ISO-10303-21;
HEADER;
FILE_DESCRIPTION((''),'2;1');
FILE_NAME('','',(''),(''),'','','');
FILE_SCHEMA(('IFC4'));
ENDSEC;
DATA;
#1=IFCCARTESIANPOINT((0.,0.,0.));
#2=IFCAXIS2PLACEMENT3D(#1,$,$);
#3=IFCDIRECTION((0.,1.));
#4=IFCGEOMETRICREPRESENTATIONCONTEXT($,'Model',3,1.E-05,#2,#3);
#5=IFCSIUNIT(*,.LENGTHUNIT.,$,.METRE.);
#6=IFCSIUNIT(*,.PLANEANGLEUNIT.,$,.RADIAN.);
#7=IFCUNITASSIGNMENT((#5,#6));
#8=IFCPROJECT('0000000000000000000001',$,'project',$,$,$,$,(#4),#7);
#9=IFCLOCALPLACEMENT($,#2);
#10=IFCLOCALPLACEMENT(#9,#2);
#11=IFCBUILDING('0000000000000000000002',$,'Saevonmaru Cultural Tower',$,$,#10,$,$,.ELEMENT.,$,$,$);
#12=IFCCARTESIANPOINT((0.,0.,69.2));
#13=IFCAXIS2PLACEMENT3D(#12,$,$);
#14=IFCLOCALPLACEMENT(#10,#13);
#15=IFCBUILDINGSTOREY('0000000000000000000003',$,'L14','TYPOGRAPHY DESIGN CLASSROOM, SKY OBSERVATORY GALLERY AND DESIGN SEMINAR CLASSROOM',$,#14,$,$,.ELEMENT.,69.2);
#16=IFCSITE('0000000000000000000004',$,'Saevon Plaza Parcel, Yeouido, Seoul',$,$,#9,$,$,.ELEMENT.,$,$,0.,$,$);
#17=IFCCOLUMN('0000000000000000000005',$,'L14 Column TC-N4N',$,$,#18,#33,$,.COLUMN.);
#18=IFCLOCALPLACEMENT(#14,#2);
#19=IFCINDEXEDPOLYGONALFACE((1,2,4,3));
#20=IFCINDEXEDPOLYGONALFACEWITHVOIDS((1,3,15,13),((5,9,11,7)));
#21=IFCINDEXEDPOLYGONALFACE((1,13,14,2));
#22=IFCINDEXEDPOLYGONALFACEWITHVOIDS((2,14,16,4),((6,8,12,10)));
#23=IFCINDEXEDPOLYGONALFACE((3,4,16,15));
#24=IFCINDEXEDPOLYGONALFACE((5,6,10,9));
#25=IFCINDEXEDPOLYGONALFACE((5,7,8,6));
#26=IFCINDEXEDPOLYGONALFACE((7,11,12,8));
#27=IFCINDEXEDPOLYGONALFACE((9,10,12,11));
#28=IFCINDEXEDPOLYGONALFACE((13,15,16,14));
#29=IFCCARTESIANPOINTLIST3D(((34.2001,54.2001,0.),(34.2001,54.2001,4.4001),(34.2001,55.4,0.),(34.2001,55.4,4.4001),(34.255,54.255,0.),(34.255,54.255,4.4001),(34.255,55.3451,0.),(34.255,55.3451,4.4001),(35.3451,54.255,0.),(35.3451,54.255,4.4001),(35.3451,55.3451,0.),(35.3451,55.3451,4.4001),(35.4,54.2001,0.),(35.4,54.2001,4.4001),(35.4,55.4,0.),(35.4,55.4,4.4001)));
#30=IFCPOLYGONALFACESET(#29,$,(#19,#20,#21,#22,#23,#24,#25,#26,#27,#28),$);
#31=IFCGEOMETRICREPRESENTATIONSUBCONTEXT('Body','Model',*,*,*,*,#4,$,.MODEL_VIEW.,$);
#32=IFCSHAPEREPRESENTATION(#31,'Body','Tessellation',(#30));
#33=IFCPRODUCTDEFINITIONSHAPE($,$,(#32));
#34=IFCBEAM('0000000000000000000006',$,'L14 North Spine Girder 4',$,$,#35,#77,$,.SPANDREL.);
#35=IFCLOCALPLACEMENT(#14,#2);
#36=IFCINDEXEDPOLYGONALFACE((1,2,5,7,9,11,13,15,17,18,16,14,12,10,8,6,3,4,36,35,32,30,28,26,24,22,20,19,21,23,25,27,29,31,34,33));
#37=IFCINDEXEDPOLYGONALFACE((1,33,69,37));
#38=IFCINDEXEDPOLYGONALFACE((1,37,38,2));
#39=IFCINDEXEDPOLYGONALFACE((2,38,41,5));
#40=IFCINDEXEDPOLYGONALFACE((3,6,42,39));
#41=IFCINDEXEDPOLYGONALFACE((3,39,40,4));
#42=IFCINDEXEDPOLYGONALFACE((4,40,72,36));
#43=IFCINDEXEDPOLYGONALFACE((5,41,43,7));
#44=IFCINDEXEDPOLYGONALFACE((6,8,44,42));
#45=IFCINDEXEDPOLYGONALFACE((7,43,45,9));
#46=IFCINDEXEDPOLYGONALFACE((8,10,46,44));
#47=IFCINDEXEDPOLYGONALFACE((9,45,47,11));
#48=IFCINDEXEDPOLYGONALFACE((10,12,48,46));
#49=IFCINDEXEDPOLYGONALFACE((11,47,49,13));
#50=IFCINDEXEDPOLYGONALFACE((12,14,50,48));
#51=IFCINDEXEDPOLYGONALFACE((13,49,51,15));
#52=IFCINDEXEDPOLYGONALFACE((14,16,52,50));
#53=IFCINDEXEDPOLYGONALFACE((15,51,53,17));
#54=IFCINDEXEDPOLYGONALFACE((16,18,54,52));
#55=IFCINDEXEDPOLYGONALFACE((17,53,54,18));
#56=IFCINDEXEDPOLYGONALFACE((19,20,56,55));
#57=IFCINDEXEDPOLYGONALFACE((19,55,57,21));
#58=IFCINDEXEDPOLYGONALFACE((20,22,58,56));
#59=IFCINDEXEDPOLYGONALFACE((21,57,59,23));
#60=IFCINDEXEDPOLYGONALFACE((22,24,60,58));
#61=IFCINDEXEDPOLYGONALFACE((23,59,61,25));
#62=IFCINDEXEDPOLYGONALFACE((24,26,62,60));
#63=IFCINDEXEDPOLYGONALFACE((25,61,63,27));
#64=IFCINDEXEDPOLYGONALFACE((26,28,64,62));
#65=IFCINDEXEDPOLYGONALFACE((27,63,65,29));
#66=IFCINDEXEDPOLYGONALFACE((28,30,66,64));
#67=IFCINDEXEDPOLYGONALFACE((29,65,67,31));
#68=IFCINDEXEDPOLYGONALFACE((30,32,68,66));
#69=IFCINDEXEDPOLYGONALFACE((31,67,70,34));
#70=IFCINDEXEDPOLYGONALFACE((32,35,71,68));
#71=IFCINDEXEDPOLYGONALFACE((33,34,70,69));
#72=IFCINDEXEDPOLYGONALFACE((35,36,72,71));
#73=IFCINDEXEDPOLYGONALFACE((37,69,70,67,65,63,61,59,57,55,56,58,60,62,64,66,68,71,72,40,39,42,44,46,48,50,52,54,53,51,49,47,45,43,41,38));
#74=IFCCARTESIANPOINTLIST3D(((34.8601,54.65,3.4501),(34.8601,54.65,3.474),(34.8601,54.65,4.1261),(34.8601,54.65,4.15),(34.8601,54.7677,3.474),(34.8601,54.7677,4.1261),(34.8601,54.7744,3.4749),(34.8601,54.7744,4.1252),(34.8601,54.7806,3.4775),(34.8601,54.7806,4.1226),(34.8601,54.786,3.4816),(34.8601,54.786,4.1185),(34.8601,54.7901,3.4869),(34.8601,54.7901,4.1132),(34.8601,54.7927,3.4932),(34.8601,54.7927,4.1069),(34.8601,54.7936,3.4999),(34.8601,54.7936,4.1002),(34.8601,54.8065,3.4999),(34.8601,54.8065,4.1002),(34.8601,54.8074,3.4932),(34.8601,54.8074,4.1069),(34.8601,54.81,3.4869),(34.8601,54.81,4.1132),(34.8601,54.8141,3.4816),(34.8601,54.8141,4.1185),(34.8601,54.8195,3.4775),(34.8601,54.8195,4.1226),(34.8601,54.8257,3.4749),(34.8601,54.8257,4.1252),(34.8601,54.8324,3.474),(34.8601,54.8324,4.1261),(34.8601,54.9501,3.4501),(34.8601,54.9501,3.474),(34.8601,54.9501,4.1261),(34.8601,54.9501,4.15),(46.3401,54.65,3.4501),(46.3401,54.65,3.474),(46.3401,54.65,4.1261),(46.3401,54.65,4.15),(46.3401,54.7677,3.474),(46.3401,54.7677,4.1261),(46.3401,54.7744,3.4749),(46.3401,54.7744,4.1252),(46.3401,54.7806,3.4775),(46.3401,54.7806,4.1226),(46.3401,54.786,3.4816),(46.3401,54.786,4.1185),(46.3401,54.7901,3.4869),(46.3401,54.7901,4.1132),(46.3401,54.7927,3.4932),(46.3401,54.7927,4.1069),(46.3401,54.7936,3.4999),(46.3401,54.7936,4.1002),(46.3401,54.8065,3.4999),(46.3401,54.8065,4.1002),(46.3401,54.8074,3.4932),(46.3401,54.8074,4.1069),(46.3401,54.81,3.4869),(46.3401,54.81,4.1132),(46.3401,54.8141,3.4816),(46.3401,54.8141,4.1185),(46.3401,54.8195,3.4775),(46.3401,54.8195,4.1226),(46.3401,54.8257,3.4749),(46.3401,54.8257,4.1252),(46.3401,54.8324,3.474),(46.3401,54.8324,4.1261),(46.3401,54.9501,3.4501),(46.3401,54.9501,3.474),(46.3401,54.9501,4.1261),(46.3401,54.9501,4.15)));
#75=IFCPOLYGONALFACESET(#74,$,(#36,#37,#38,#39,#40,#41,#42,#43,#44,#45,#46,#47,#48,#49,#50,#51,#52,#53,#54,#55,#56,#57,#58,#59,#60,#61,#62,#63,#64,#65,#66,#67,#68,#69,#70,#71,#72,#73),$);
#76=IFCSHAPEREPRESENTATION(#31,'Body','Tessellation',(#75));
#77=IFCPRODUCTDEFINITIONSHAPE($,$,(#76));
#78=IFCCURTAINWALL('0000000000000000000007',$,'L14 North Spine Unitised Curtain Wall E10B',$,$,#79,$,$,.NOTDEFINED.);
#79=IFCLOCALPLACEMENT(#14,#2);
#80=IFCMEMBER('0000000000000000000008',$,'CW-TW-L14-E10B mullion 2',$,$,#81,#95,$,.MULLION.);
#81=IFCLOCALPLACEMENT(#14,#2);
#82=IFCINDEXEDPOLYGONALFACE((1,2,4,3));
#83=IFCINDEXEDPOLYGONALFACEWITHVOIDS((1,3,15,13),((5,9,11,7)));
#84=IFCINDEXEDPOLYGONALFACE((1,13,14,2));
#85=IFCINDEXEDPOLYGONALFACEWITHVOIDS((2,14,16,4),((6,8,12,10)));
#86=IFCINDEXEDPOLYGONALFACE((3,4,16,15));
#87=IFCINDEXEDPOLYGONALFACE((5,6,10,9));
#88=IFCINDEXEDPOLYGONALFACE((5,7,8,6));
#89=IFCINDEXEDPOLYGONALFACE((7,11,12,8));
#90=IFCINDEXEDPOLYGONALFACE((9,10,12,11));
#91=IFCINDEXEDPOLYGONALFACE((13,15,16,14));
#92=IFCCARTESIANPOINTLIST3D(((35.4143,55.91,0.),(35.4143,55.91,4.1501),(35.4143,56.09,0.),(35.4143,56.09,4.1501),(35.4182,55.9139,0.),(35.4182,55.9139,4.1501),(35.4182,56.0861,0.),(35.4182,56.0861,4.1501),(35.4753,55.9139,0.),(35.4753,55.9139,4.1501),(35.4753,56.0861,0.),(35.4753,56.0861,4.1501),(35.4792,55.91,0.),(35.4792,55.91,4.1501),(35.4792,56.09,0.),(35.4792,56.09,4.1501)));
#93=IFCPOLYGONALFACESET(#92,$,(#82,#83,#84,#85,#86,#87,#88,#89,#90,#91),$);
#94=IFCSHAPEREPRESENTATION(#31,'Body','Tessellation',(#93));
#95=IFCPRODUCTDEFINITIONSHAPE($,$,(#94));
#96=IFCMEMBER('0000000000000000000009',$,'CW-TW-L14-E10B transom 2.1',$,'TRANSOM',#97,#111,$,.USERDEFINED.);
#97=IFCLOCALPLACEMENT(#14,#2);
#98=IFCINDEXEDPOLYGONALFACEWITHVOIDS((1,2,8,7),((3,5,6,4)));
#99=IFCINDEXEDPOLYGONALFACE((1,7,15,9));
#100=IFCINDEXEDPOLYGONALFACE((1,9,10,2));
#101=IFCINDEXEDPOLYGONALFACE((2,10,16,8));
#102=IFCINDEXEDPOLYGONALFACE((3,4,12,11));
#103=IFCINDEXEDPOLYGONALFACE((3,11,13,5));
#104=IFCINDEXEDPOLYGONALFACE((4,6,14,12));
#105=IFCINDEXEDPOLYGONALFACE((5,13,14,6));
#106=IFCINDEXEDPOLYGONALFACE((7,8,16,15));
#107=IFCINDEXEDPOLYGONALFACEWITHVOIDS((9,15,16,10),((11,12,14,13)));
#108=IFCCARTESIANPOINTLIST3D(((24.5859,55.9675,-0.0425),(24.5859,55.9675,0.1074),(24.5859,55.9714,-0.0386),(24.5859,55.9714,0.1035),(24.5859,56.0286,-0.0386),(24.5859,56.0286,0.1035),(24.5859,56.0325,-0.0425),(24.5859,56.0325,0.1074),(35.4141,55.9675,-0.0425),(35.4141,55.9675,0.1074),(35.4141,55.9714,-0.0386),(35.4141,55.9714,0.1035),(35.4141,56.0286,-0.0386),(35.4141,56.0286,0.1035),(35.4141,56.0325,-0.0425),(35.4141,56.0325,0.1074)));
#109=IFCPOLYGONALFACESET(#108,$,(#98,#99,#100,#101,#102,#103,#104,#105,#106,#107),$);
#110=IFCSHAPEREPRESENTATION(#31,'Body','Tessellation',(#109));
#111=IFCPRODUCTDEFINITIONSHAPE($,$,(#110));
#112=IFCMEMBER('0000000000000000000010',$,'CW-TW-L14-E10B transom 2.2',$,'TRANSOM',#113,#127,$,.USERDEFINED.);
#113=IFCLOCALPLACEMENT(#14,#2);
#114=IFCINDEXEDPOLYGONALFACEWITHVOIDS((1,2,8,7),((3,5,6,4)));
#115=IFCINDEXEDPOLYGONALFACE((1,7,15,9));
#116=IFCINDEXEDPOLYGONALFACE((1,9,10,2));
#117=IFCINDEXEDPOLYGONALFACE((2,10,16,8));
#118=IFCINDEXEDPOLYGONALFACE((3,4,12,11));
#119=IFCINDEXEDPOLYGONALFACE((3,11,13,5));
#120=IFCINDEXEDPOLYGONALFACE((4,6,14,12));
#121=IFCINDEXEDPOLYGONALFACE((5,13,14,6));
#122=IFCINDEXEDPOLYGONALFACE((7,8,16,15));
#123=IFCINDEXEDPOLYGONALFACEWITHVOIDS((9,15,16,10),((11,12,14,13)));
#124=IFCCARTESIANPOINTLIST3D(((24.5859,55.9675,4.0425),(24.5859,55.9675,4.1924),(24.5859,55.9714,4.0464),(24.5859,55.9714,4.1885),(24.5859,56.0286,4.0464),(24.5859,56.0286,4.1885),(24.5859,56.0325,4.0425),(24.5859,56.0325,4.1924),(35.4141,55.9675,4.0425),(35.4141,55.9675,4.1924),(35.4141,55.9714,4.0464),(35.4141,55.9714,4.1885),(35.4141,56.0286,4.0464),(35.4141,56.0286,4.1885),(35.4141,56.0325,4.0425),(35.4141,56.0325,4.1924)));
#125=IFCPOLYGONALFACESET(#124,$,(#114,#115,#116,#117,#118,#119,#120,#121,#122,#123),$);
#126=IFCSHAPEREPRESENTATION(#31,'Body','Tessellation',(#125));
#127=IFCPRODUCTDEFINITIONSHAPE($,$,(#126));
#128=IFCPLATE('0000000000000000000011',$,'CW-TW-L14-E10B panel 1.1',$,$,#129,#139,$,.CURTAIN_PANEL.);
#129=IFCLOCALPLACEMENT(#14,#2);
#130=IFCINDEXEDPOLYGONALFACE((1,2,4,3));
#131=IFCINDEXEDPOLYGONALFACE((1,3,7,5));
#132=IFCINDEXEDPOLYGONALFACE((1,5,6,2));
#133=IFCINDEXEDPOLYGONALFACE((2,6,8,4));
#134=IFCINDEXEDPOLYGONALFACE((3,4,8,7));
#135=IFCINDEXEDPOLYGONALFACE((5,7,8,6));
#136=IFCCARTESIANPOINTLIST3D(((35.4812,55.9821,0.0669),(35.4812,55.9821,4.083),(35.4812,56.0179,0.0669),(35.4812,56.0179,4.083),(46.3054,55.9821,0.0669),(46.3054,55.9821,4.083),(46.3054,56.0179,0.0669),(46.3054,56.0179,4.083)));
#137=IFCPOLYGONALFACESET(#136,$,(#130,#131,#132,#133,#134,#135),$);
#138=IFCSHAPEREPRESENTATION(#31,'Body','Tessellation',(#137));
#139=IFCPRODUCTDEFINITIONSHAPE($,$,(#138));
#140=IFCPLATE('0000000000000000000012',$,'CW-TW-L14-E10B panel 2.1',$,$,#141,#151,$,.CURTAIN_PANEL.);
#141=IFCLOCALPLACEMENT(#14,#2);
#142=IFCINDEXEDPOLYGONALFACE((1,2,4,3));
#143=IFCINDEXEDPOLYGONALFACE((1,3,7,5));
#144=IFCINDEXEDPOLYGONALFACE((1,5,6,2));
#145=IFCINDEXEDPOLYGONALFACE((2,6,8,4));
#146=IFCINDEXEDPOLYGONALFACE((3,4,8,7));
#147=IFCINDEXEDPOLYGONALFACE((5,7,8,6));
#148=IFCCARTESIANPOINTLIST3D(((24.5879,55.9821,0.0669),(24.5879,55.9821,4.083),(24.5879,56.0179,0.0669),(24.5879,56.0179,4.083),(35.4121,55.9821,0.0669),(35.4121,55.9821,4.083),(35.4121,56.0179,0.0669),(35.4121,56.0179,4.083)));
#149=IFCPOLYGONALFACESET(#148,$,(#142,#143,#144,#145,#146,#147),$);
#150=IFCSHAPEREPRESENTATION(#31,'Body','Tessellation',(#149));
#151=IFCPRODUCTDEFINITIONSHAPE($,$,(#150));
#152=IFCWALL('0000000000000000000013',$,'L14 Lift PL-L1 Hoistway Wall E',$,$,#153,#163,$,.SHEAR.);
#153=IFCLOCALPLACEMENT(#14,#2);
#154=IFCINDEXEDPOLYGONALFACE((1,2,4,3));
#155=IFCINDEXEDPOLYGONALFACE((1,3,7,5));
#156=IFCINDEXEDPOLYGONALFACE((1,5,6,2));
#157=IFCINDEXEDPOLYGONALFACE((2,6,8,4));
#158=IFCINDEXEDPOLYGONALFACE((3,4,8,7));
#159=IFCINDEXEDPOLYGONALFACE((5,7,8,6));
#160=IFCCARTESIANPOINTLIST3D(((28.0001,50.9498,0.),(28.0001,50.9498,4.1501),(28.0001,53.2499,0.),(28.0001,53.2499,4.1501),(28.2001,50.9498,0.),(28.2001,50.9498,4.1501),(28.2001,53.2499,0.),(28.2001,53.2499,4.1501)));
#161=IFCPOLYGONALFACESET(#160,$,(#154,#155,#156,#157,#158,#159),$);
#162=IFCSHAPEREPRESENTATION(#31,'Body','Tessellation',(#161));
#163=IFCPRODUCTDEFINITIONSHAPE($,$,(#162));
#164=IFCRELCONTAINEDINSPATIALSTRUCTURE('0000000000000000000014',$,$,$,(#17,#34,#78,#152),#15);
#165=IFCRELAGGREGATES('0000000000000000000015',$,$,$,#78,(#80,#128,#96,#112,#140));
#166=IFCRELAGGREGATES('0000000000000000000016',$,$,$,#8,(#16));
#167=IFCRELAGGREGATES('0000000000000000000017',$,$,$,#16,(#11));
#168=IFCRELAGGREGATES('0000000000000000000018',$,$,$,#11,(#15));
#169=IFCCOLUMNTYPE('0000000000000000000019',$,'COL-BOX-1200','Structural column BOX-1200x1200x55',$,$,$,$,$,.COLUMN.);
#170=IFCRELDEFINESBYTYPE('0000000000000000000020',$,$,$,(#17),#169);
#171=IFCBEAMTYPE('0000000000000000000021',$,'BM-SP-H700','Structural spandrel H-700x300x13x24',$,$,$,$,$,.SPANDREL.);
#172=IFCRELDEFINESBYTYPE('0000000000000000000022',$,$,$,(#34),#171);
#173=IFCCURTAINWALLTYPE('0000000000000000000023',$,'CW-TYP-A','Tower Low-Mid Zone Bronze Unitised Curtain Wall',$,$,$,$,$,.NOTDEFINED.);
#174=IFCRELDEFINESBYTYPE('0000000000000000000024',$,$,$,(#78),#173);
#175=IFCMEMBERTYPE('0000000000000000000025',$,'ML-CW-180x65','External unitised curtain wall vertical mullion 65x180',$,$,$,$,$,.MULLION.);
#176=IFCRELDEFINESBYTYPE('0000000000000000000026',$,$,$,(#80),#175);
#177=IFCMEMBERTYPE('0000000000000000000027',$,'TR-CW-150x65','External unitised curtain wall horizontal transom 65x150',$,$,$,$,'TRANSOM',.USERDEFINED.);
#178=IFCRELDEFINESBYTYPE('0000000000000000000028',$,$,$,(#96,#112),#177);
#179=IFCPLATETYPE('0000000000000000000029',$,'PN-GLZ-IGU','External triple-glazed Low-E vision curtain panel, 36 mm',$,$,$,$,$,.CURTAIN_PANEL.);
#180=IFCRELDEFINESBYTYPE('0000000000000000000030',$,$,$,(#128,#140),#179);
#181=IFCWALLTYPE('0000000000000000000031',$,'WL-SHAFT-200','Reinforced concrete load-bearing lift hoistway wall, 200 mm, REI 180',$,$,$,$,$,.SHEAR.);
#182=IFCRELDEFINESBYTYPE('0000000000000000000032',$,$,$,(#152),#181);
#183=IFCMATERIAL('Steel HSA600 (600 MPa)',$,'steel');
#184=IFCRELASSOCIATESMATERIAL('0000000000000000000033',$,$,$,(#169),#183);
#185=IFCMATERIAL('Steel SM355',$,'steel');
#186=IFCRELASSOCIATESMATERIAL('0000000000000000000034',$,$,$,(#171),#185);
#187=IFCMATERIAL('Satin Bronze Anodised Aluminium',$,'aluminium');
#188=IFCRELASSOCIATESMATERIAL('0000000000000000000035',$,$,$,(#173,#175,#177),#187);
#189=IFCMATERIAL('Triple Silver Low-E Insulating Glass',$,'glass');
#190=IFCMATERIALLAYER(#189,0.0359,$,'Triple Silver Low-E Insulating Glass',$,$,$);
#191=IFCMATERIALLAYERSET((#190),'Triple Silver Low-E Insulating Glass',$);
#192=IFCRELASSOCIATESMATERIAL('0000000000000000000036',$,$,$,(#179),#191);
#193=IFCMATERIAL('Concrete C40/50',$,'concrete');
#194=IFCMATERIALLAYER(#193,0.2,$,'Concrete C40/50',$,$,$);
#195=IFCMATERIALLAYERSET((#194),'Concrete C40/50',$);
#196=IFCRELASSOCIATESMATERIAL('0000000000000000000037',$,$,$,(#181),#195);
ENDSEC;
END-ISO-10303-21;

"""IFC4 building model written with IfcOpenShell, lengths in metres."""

from ifc_helpers import new_model, si_unit, direction, frame, frame_2d, origin, origin_2d, place, context, subcontext, project, spatial, rectangle, hollow_rectangle, i_section, extrude, material, layer, layer_set, material_profile, profile_set, type_object, element, aggregate, save


model = new_model("IFC4")

# Units and contexts
model_context = context("Model", 3, precision=1e-05, world=origin(), true_north=direction((0.0, 1.0)))
body_context = subcontext(model_context, "Body", "Model", "MODEL_VIEW")
ifc_project = project(units=[si_unit("LENGTHUNIT", "METRE"), si_unit("PLANEANGLEUNIT", "RADIAN")], contexts=[model_context])

# Site, building, storey
site_placement = place(None, origin())
site = spatial("IfcSite", under=ifc_project, at=site_placement, Name="Saevon Plaza Parcel, Yeouido, Seoul", CompositionType="ELEMENT", RefElevation=0.0)
building_placement = place(site_placement, origin())
building = spatial("IfcBuilding", under=site, at=building_placement, Name="Saevonmaru Cultural Tower", CompositionType="ELEMENT")
storey_placement = place(building_placement, frame((0.0, 0.0, 69.2)))
storey = spatial("IfcBuildingStorey", under=building, at=storey_placement, Name="L14", Description="TYPOGRAPHY DESIGN CLASSROOM, SKY OBSERVATORY GALLERY AND DESIGN SEMINAR CLASSROOM", CompositionType="ELEMENT", Elevation=69.2)

# Column
ifc_material_1 = material(Name="Steel HSA600 (600 MPa)", Category="steel")
ifc_material_profile_1 = material_profile(ifc_material_1, hollow_rectangle(XDim=1.2, YDim=1.2, WallThickness=0.0549, at=origin_2d()), Name="BOX-1200x1200x55")
ifc_profile_set_1 = profile_set([ifc_material_profile_1], Name="Steel HSA600 (600 MPa)")
column_type = type_object("IfcColumnType", Name="COL-BOX-1200", Description="Structural column BOX-1200x1200x55", PredefinedType="COLUMN", material=ifc_profile_set_1)
column_placement = place(storey_placement, frame((34.8, 54.8, 0.0), z_axis=(0.0, 0.0, 1.0), x_axis=(1.0, 0.0, 0.0)))
element("IfcColumn", 1, at=column_placement, inside=storey, type_object=column_type, Name="L14 Column TC-N4N", PredefinedType="COLUMN", context=body_context, shape_type="SweptSolid", body=[
    extrude(hollow_rectangle(XDim=1.2, YDim=1.2, WallThickness=0.0549, at=origin_2d()), origin(), (0.0, 0.0, 1.0), 4.4001),
])

# Beam
ifc_material_2 = material(Name="Steel SM355", Category="steel")
ifc_material_profile_2 = material_profile(ifc_material_2, i_section(OverallWidth=0.3, OverallDepth=0.7, WebThickness=0.0129, FlangeThickness=0.0239, FilletRadius=0.0259, at=origin_2d()), Name="H-700x300x13x24")
ifc_profile_set_2 = profile_set([ifc_material_profile_2], Name="Steel SM355")
beam_type = type_object("IfcBeamType", Name="BM-SP-H700", Description="Structural spandrel H-700x300x13x24", PredefinedType="SPANDREL", material=ifc_profile_set_2)
beam_placement = place(storey_placement, frame((34.8601, 54.8, 3.8), z_axis=(1.0, 0.0, 0.0), x_axis=(0.0, 1.0, 0.0)))
element("IfcBeam", 2, at=beam_placement, inside=storey, type_object=beam_type, Name="L14 North Spine Girder 4", PredefinedType="SPANDREL", context=body_context, shape_type="SweptSolid", body=[
    extrude(i_section(OverallWidth=0.3, OverallDepth=0.7, WebThickness=0.0129, FlangeThickness=0.0239, FilletRadius=0.0259, at=origin_2d()), origin(), (0.0, 0.0, 1.0), 11.48),
])

# Curtain wall, members, plates
ifc_material_3 = material(Name="Satin Bronze Anodised Aluminium", Category="aluminium")
curtain_wall_type = type_object("IfcCurtainWallType", Name="CW-TYP-A", Description="Tower Low-Mid Zone Bronze Unitised Curtain Wall", PredefinedType="NOTDEFINED", material=ifc_material_3)
curtain_wall_placement = place(storey_placement, origin())
curtain_wall = element("IfcCurtainWall", 3, at=curtain_wall_placement, inside=storey, type_object=curtain_wall_type, Name="L14 North Spine Unitised Curtain Wall E10B", PredefinedType="NOTDEFINED")
ifc_material_profile_3 = material_profile(ifc_material_3, hollow_rectangle(XDim=0.0649, YDim=0.1799, WallThickness=0.0039, at=origin_2d()), Name="ALU-MULL-180x65x4")
ifc_profile_set_3 = profile_set([ifc_material_profile_3], Name="Satin Bronze Anodised Aluminium")
member_type_1 = type_object("IfcMemberType", Name="ML-CW-180x65", Description="External unitised curtain wall vertical mullion 65x180", PredefinedType="MULLION", material=ifc_profile_set_3)
member_1_placement = place(storey_placement, frame((35.4468, 56.0, 0.0), z_axis=(0.0, 0.0, 1.0), x_axis=(-1.0, 0.0, 0.0)))
member_1 = element("IfcMember", 4, at=member_1_placement, type_object=member_type_1, Name="CW-TW-L14-E10B mullion 2", PredefinedType="MULLION", context=body_context, shape_type="SweptSolid", body=[
    extrude(hollow_rectangle(XDim=0.0649, YDim=0.1799, WallThickness=0.0039, at=origin_2d()), origin(), (0.0, 0.0, 1.0), 4.1501),
])
ifc_material_profile_4 = material_profile(ifc_material_3, hollow_rectangle(XDim=0.0649, YDim=0.1499, WallThickness=0.0039, at=origin_2d()), Name="ALU-TRAN-150x65x4")
ifc_profile_set_4 = profile_set([ifc_material_profile_4], Name="Satin Bronze Anodised Aluminium")
member_type_2 = type_object("IfcMemberType", Name="TR-CW-150x65", Description="External unitised curtain wall horizontal transom 65x150", ElementType="TRANSOM", PredefinedType="USERDEFINED", material=ifc_profile_set_4)
member_2_placement = place(storey_placement, frame((35.4141, 56.0, 0.0325), z_axis=(-1.0, 0.0, 0.0), x_axis=(0.0, -1.0, 0.0)))
member_2 = element("IfcMember", 5, at=member_2_placement, type_object=member_type_2, Name="CW-TW-L14-E10B transom 2.1", ObjectType="TRANSOM", PredefinedType="USERDEFINED", context=body_context, shape_type="SweptSolid", body=[
    extrude(hollow_rectangle(XDim=0.0649, YDim=0.1499, WallThickness=0.0039, at=origin_2d()), origin(), (0.0, 0.0, 1.0), 10.8281),
])
member_3_placement = place(storey_placement, frame((35.4141, 56.0, 4.1174), z_axis=(-1.0, 0.0, 0.0), x_axis=(0.0, -1.0, 0.0)))
member_3 = element("IfcMember", 6, at=member_3_placement, type_object=member_type_2, Name="CW-TW-L14-E10B transom 2.2", ObjectType="TRANSOM", PredefinedType="USERDEFINED", context=body_context, shape_type="SweptSolid", body=[
    extrude(hollow_rectangle(XDim=0.0649, YDim=0.1499, WallThickness=0.0039, at=origin_2d()), origin(), (0.0, 0.0, 1.0), 10.8281),
])
ifc_material_4 = material(Name="Triple Silver Low-E Insulating Glass", Category="glass")
ifc_layer_1 = layer(ifc_material_4, 0.0359, Name="Triple Silver Low-E Insulating Glass")
ifc_layer_set_1 = layer_set([ifc_layer_1], Name="Triple Silver Low-E Insulating Glass")
plate_type = type_object("IfcPlateType", Name="PN-GLZ-IGU", Description="External triple-glazed Low-E vision curtain panel, 36 mm", PredefinedType="CURTAIN_PANEL", material=ifc_layer_set_1)
plate_1_placement = place(storey_placement, frame((40.8933, 56.0, 0.0669), z_axis=(0.0, 0.0, 1.0), x_axis=(-1.0, 0.0, 0.0)))
plate_1 = element("IfcPlate", 7, at=plate_1_placement, type_object=plate_type, Name="CW-TW-L14-E10B panel 1.1", PredefinedType="CURTAIN_PANEL", context=body_context, shape_type="SweptSolid", body=[
    extrude(rectangle(XDim=10.8242, YDim=0.0359, at=origin_2d()), origin(), (0.0, 0.0, 1.0), 4.0161),
])
plate_2_placement = place(storey_placement, frame((30.0, 56.0, 0.0669), z_axis=(0.0, 0.0, 1.0), x_axis=(-1.0, 0.0, 0.0)))
plate_2 = element("IfcPlate", 8, at=plate_2_placement, type_object=plate_type, Name="CW-TW-L14-E10B panel 2.1", PredefinedType="CURTAIN_PANEL", context=body_context, shape_type="SweptSolid", body=[
    extrude(rectangle(XDim=10.8242, YDim=0.0359, at=origin_2d()), origin(), (0.0, 0.0, 1.0), 4.0161),
])
aggregate(curtain_wall, [member_1, plate_1, member_2, member_3, plate_2])

# Wall
ifc_material_5 = material(Name="Concrete C40/50", Category="concrete")
ifc_layer_2 = layer(ifc_material_5, 0.2, Name="Concrete C40/50")
ifc_layer_set_2 = layer_set([ifc_layer_2], Name="Concrete C40/50")
wall_type_1 = type_object("IfcWallType", Name="WL-SHAFT-200", Description="Reinforced concrete load-bearing lift hoistway wall, 200 mm, REI 180", PredefinedType="SHEAR", material=ifc_layer_set_2)
wall_1_placement = place(storey_placement, frame((28.1001, 50.95, 0.0), z_axis=(0.0, 0.0, 1.0), x_axis=(0.0, 1.0, 0.0)))
element("IfcWall", 9, at=wall_1_placement, inside=storey, type_object=wall_type_1, Name="L14 Lift PL-L1 Hoistway Wall E", PredefinedType="SHEAR", context=body_context, shape_type="SweptSolid", body=[
    extrude(rectangle(XDim=2.3, YDim=0.2, at=frame_2d((1.1499, 0.0))), origin(), (0.0, 0.0, 1.0), 4.1501),
])

save(model, "model.ifc")
